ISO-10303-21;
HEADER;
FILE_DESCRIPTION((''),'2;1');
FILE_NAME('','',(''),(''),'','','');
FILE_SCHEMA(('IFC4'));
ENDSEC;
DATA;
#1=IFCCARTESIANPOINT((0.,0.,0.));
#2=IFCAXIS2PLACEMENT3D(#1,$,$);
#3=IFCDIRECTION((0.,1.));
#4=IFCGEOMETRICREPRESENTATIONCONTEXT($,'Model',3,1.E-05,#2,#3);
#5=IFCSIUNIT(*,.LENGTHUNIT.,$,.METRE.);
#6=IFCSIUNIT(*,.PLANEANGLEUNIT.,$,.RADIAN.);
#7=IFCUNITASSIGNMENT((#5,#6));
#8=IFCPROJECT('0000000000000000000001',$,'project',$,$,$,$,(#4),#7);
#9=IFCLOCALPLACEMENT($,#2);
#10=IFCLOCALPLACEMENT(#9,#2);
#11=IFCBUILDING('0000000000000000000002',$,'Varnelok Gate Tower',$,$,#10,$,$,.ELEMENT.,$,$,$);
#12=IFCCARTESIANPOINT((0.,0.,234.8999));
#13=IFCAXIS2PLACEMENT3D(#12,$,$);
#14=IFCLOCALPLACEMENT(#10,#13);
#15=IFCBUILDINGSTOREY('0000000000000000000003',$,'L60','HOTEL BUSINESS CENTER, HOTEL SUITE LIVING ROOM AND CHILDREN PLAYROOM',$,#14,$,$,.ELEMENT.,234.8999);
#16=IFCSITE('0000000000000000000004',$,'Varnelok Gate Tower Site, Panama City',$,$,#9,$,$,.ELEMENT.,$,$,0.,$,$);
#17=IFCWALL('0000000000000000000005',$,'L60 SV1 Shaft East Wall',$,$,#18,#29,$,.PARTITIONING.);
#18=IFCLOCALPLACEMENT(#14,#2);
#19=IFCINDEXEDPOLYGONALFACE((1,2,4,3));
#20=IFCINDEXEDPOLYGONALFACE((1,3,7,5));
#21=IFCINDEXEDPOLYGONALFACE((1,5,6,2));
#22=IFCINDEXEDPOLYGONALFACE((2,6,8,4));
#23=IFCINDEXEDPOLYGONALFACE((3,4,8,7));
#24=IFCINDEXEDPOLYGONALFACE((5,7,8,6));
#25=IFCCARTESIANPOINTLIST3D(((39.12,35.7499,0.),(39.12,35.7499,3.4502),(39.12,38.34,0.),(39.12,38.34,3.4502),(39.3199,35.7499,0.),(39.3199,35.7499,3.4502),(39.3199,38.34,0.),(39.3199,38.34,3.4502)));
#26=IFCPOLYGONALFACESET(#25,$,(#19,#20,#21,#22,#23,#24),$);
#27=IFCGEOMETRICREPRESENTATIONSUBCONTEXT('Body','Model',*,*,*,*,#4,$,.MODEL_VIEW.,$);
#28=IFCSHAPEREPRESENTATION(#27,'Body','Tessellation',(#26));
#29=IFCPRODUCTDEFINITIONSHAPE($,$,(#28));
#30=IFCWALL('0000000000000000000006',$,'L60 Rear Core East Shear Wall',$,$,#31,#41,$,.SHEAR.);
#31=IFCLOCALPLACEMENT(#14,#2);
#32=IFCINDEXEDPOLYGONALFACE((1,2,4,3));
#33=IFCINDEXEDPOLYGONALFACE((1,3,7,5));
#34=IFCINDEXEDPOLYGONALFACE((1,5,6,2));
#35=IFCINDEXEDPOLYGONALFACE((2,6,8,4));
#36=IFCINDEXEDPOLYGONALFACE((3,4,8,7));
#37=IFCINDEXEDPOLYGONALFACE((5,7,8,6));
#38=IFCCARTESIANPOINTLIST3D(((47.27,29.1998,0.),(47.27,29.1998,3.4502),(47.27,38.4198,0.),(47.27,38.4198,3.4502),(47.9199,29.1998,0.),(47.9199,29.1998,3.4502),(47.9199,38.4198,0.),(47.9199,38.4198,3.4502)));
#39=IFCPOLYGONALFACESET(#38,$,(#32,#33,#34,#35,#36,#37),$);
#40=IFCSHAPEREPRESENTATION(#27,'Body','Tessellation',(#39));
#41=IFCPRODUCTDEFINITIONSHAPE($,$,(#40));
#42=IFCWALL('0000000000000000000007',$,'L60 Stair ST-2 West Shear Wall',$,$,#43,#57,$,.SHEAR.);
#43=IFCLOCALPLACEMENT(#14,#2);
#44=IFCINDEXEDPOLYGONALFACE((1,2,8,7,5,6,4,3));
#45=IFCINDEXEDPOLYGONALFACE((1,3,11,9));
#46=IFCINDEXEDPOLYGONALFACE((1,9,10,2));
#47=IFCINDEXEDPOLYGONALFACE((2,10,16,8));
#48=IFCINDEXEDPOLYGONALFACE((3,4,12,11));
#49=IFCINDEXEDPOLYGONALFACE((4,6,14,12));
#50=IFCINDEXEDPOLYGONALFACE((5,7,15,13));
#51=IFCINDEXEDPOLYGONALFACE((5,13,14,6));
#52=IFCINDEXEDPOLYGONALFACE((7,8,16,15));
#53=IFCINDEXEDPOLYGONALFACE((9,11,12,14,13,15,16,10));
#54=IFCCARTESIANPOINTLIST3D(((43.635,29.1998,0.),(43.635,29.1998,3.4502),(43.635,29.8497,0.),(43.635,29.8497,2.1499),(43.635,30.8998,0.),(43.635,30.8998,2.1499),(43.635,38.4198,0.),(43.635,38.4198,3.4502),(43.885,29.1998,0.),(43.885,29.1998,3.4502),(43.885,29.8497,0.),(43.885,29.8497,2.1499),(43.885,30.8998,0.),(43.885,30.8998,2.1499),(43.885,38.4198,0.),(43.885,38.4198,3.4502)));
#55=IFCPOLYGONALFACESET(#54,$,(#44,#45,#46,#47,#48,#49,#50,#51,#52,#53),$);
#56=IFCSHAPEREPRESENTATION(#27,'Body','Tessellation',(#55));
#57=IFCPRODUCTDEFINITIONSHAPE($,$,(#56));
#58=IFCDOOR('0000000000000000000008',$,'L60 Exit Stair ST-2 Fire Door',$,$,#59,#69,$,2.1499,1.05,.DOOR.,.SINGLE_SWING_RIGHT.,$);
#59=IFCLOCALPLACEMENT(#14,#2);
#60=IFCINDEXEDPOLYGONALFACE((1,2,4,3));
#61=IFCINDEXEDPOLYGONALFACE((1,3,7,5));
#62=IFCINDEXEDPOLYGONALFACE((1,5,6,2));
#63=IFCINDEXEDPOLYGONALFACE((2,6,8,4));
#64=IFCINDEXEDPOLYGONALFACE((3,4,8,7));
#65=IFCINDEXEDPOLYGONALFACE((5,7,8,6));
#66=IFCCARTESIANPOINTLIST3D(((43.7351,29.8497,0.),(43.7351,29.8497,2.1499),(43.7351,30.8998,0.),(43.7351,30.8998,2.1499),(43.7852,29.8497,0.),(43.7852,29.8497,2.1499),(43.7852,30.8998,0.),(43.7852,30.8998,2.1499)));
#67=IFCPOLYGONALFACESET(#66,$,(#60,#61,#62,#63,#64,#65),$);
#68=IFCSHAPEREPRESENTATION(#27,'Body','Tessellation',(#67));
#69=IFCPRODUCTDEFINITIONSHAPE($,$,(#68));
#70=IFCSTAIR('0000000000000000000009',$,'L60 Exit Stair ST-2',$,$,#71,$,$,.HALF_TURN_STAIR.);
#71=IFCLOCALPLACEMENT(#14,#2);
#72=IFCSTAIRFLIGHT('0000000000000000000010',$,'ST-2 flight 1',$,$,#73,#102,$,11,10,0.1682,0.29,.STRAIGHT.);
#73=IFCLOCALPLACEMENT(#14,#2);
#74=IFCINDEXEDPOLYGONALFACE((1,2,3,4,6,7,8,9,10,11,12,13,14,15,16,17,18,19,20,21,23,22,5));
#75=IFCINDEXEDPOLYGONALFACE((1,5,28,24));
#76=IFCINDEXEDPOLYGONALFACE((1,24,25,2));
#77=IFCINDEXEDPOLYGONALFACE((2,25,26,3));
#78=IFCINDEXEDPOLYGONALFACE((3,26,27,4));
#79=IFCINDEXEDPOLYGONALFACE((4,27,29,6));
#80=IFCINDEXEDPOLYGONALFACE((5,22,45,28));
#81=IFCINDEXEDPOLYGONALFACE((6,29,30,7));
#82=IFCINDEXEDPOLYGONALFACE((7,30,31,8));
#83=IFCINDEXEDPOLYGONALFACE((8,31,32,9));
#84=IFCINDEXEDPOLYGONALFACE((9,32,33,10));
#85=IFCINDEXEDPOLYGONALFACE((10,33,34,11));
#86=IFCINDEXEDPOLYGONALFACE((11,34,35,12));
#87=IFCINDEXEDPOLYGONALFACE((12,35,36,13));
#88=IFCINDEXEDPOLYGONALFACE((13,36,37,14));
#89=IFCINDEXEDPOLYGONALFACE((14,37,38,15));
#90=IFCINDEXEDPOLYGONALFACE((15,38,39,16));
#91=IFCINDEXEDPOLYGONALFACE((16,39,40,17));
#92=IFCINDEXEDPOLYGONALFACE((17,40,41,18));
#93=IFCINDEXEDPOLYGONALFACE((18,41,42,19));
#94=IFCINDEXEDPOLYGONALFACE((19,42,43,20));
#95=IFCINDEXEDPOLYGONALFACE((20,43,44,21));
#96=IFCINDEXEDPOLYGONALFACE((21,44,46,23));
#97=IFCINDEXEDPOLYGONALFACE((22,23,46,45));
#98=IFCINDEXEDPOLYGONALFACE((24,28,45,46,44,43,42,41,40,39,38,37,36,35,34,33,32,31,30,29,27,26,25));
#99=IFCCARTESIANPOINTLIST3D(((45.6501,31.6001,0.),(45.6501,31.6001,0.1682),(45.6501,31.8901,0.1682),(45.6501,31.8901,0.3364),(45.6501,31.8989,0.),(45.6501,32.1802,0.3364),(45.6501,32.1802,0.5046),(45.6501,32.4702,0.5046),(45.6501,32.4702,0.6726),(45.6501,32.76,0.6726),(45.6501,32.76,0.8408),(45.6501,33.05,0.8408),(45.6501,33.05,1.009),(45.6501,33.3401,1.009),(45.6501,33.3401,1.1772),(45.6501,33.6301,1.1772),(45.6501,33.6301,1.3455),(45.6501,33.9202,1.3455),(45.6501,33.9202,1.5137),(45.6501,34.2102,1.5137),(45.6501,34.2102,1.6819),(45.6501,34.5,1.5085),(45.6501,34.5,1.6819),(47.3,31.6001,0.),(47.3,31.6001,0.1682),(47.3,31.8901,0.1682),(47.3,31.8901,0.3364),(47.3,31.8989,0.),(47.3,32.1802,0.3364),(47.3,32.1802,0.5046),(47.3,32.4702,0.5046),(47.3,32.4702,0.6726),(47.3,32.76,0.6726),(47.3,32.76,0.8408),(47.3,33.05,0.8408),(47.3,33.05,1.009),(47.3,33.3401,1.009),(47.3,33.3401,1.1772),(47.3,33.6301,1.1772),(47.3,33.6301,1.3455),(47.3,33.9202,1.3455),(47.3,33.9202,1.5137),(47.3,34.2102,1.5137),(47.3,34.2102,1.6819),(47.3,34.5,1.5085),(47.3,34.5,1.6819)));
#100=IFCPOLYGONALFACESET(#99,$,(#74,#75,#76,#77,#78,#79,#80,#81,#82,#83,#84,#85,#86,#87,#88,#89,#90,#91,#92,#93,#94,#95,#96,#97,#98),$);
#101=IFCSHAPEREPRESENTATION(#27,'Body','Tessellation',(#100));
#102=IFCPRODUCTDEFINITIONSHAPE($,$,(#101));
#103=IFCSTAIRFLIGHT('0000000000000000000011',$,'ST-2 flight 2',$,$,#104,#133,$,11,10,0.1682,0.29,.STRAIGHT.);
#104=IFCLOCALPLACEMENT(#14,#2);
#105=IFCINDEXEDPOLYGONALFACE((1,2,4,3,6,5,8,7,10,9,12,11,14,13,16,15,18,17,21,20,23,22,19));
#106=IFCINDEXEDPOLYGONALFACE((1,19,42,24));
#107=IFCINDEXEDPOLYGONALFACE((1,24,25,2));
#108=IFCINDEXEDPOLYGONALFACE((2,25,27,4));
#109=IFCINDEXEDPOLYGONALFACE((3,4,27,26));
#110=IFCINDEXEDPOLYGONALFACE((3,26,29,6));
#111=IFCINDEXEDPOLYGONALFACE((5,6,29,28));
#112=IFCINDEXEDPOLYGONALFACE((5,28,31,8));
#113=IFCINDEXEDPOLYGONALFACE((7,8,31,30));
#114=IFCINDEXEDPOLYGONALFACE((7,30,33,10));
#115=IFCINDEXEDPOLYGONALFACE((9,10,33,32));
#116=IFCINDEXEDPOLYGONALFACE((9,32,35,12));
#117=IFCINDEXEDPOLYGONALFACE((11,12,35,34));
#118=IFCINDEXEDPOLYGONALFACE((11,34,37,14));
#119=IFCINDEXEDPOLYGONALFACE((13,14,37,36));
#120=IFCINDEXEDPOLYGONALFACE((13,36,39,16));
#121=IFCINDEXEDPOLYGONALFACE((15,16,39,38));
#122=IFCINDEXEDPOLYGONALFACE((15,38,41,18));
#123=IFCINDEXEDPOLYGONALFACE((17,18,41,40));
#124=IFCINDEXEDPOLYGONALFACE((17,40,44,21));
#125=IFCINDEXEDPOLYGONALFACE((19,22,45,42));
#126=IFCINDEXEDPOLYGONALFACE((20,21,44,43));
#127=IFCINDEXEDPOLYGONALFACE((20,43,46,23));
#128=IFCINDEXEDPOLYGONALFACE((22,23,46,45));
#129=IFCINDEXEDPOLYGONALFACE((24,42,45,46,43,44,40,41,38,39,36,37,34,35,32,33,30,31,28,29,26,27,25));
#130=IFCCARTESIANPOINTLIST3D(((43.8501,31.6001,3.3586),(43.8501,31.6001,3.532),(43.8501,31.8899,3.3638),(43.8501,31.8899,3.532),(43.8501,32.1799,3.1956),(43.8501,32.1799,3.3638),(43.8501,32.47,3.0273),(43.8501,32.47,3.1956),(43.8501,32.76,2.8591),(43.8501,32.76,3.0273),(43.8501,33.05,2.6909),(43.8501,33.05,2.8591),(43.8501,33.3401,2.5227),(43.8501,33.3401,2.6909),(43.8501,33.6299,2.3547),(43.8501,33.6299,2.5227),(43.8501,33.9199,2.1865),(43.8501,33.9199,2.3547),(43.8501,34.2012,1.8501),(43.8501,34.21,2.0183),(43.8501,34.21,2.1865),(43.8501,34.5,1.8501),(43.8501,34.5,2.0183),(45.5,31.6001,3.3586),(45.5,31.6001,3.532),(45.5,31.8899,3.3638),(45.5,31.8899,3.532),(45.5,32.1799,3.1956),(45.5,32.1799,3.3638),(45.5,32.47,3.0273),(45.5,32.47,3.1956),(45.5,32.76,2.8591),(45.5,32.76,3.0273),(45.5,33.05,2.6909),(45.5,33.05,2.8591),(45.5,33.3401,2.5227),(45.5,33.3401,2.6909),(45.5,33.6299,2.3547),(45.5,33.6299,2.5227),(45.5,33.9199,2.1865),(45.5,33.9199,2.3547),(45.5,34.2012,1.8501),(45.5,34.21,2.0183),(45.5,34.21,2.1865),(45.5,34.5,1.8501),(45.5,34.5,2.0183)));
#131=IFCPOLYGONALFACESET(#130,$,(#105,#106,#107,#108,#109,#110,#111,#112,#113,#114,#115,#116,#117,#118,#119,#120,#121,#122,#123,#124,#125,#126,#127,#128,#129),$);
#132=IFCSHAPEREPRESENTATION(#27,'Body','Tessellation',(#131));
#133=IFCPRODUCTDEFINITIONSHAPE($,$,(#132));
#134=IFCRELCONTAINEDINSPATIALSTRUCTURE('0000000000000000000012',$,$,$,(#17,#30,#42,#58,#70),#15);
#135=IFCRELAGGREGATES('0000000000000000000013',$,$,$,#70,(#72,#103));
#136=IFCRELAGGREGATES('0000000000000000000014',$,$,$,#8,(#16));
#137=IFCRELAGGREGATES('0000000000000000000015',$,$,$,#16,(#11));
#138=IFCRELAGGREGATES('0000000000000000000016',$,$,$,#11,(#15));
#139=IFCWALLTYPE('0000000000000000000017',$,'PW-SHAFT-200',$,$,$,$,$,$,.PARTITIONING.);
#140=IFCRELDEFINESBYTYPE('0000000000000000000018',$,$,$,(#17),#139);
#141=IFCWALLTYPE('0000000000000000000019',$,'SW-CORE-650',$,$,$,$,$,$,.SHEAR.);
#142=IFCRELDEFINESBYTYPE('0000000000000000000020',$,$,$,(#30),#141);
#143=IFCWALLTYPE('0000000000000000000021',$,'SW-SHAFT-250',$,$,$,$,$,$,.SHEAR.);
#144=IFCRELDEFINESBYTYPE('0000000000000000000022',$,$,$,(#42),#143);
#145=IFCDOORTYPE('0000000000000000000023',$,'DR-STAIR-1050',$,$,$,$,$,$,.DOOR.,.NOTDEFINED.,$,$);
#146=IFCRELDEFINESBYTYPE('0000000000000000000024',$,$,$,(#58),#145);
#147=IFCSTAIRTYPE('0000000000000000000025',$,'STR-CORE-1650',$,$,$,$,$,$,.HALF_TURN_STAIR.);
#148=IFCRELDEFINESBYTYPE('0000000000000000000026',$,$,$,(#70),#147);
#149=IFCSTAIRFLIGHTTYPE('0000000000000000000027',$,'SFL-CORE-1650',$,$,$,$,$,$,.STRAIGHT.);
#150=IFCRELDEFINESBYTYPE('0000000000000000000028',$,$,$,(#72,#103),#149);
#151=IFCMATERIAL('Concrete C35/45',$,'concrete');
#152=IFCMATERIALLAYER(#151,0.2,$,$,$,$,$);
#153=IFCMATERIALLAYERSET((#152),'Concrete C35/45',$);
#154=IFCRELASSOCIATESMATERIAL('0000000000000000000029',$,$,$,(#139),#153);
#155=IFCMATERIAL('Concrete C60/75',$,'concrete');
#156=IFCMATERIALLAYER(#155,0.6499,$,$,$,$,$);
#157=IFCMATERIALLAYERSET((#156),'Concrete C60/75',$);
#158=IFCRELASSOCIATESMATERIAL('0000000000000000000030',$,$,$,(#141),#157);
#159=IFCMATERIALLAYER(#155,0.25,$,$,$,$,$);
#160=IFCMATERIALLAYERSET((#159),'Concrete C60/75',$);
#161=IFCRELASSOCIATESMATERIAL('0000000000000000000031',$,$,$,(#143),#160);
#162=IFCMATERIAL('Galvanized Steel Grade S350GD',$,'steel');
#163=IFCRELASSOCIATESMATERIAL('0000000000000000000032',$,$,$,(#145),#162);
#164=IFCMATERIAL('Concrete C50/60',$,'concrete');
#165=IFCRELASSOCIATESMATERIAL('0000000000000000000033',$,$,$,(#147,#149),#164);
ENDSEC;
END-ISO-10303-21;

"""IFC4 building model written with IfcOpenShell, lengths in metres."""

from ifc_helpers import new_model, si_unit, direction, frame, frame_2d, origin, place, context, subcontext, project, spatial, polyline, rectangle, outline, extrude, material, layer, layer_set, type_object, element, fill, aggregate, save


model = new_model("IFC4")

# Units and contexts
model_context = context("Model", 3, precision=1e-05, world=origin(), true_north=direction((0.0, 1.0)))
body_context = subcontext(model_context, "Body", "Model", "MODEL_VIEW")
ifc_project = project(units=[si_unit("LENGTHUNIT", "METRE"), si_unit("PLANEANGLEUNIT", "RADIAN")], contexts=[model_context])

# Site, building, storey
site_placement = place(None, origin())
site = spatial("IfcSite", under=ifc_project, at=site_placement, Name="Varnelok Gate Tower Site, Panama City", CompositionType="ELEMENT", RefElevation=0.0)
building_placement = place(site_placement, origin())
building = spatial("IfcBuilding", under=site, at=building_placement, Name="Varnelok Gate Tower", CompositionType="ELEMENT")
storey_placement = place(building_placement, frame((0.0, 0.0, 234.8999)))
storey = spatial("IfcBuildingStorey", under=building, at=storey_placement, Name="L60", Description="HOTEL BUSINESS CENTER, HOTEL SUITE LIVING ROOM AND CHILDREN PLAYROOM", CompositionType="ELEMENT", Elevation=234.8999)

# Shared definitions
ifc_material_1 = material(Name="Galvanized Steel Grade S350GD", Category="steel")

# Shared definitions
ifc_material_2 = material(Name="Concrete C35/45", Category="concrete")
ifc_layer_1 = layer(ifc_material_2, 0.2)
ifc_layer_set_1 = layer_set([ifc_layer_1], Name="Concrete C35/45")
wall_type_1 = type_object("IfcWallType", Name="PW-SHAFT-200", PredefinedType="PARTITIONING", material=ifc_layer_set_1)

# Walls
wall_1_placement = place(storey_placement, frame((39.22, 35.75, 0.0), z_axis=(0.0, 0.0, 1.0), x_axis=(0.0, 1.0, 0.0)))
element("IfcWall", 1, at=wall_1_placement, inside=storey, type_object=wall_type_1, Name="L60 SV1 Shaft East Wall", PredefinedType="PARTITIONING", context=body_context, shape_type="SweptSolid", body=[
    extrude(rectangle(XDim=2.5901, YDim=0.2, at=frame_2d((1.2949, 0.0))), origin(), (0.0, 0.0, 1.0), 3.4502),
])
ifc_material_3 = material(Name="Concrete C60/75", Category="concrete")
ifc_layer_2 = layer(ifc_material_3, 0.6499)
ifc_layer_set_2 = layer_set([ifc_layer_2], Name="Concrete C60/75")
wall_type_2 = type_object("IfcWallType", Name="SW-CORE-650", PredefinedType="SHEAR", material=ifc_layer_set_2)
wall_2_placement = place(storey_placement, frame((47.595, 29.2, 0.0), z_axis=(0.0, 0.0, 1.0), x_axis=(0.0, 1.0, 0.0)))
element("IfcWall", 2, at=wall_2_placement, inside=storey, type_object=wall_type_2, Name="L60 Rear Core East Shear Wall", PredefinedType="SHEAR", context=body_context, shape_type="SweptSolid", body=[
    extrude(rectangle(XDim=9.22, YDim=0.6499, at=frame_2d((4.6099, 0.0))), origin(), (0.0, 0.0, 1.0), 3.4502),
])

# Wall, opening, door
ifc_layer_3 = layer(ifc_material_3, 0.25)
ifc_layer_set_3 = layer_set([ifc_layer_3], Name="Concrete C60/75")
wall_type_3 = type_object("IfcWallType", Name="SW-SHAFT-250", PredefinedType="SHEAR", material=ifc_layer_set_3)
wall_3_placement = place(storey_placement, frame((43.76, 29.2, 0.0), z_axis=(0.0, 0.0, 1.0), x_axis=(0.0, 1.0, 0.0)))
wall_3 = element("IfcWall", 3, at=wall_3_placement, inside=storey, type_object=wall_type_3, Name="L60 Stair ST-2 West Shear Wall", PredefinedType="SHEAR", context=body_context, shape_type="SweptSolid", body=[
    extrude(rectangle(XDim=9.22, YDim=0.25, at=frame_2d((4.6099, 0.0))), origin(), (0.0, 0.0, 1.0), 3.4502),
])
opening_1_placement = place(wall_3_placement, frame((0.6499, 0.0, 0.0)))
opening_1 = element("IfcOpeningElement", 4, at=opening_1_placement, cuts=wall_3, PredefinedType="OPENING", context=body_context, shape_type="SweptSolid", body=[
    extrude(rectangle(XDim=1.05, YDim=2.1499, at=frame_2d((0.5249, 1.075))), frame((0.0, 0.135, 0.0), z_axis=(0.0, -1.0, 0.0), x_axis=(1.0, 0.0, 0.0)), (0.0, 0.0, 1.0), 0.27),
])
door_type_1 = type_object("IfcDoorType", Name="DR-STAIR-1050", OperationType="NOTDEFINED", PredefinedType="DOOR", material=ifc_material_1)
door_1_placement = place(opening_1_placement, origin())
door_1 = element("IfcDoor", 5, at=door_1_placement, inside=storey, type_object=door_type_1, Name="L60 Exit Stair ST-2 Fire Door", OperationType="SINGLE_SWING_RIGHT", OverallHeight=2.1499, OverallWidth=1.05, PredefinedType="DOOR", context=body_context, shape_type="SweptSolid", body=[
    extrude(rectangle(XDim=1.05, YDim=2.1499, at=frame_2d((0.5249, 1.075))), frame((0.0, 0.0249, 0.0), z_axis=(0.0, -1.0, 0.0), x_axis=(1.0, 0.0, 0.0)), (0.0, 0.0, 1.0), 0.05),
])
fill(opening_1, door_1)

# Stair, stair flights
ifc_material_4 = material(Name="Concrete C50/60", Category="concrete")
stair_type = type_object("IfcStairType", Name="STR-CORE-1650", PredefinedType="HALF_TURN_STAIR", material=ifc_material_4)
stair_placement = place(storey_placement, origin())
stair = element("IfcStair", 6, at=stair_placement, inside=storey, type_object=stair_type, Name="L60 Exit Stair ST-2", PredefinedType="HALF_TURN_STAIR")
stair_flight_type = type_object("IfcStairFlightType", Name="SFL-CORE-1650", PredefinedType="STRAIGHT", material=ifc_material_4)
stair_flight_1_placement = place(storey_placement, frame((46.4751, 31.6001, 0.0), z_axis=(0.0, 0.0, 1.0), x_axis=(0.0, 1.0, 0.0)))
stair_flight_1 = element("IfcStairFlight", 7, at=stair_flight_1_placement, type_object=stair_flight_type, Name="ST-2 flight 1", NumberOfRisers=11, NumberOfTreads=10, PredefinedType="STRAIGHT", RiserHeight=0.1682, TreadLength=0.29, context=body_context, shape_type="SweptSolid", body=[
    extrude(outline(polyline([(0.0, 0.0), (0.0, 0.1682), (0.29, 0.1682), (0.29, 0.3364), (0.5801, 0.3364), (0.5801, 0.5046), (0.8701, 0.5046), (0.8701, 0.6726), (1.1599, 0.6726), (1.1599, 0.8408), (1.45, 0.8408), (1.45, 1.009), (1.74, 1.009), (1.74, 1.1772), (2.03, 1.1772), (2.03, 1.3455), (2.3201, 1.3455), (2.3201, 1.5137), (2.6101, 1.5137), (2.6101, 1.6819), (2.8999, 1.6819), (2.8999, 1.8501), (2.8999, 1.5085), (0.2988, 0.0), (0.0, 0.0)])), frame((0.0, 0.825, 0.0), z_axis=(0.0, -1.0, 0.0), x_axis=(1.0, 0.0, 0.0)), (0.0, 0.0, 1.0), 1.6499),
])
stair_flight_2_placement = place(storey_placement, frame((44.675, 34.5, 1.8501), z_axis=(0.0, 0.0, 1.0), x_axis=(0.0, -1.0, 0.0)))
stair_flight_2 = element("IfcStairFlight", 8, at=stair_flight_2_placement, type_object=stair_flight_type, Name="ST-2 flight 2", NumberOfRisers=11, NumberOfTreads=10, PredefinedType="STRAIGHT", RiserHeight=0.1682, TreadLength=0.29, context=body_context, shape_type="SweptSolid", body=[
    extrude(outline(polyline([(0.0, 0.0), (0.0, 0.1682), (0.29, 0.1682), (0.29, 0.3364), (0.5801, 0.3364), (0.5801, 0.5046), (0.8701, 0.5046), (0.8701, 0.6726), (1.1599, 0.6726), (1.1599, 0.8408), (1.45, 0.8408), (1.45, 1.009), (1.74, 1.009), (1.74, 1.1772), (2.03, 1.1772), (2.03, 1.3455), (2.3201, 1.3455), (2.3201, 1.5137), (2.6101, 1.5137), (2.6101, 1.6819), (2.8999, 1.6819), (2.8999, 1.8501), (2.8999, 1.5085), (0.2988, 0.0), (0.0, 0.0)])), frame((0.0, 0.825, 0.0), z_axis=(0.0, -1.0, 0.0), x_axis=(1.0, 0.0, 0.0)), (0.0, 0.0, 1.0), 1.6499),
])
aggregate(stair, [stair_flight_1, stair_flight_2])

save(model, "model.ifc")
